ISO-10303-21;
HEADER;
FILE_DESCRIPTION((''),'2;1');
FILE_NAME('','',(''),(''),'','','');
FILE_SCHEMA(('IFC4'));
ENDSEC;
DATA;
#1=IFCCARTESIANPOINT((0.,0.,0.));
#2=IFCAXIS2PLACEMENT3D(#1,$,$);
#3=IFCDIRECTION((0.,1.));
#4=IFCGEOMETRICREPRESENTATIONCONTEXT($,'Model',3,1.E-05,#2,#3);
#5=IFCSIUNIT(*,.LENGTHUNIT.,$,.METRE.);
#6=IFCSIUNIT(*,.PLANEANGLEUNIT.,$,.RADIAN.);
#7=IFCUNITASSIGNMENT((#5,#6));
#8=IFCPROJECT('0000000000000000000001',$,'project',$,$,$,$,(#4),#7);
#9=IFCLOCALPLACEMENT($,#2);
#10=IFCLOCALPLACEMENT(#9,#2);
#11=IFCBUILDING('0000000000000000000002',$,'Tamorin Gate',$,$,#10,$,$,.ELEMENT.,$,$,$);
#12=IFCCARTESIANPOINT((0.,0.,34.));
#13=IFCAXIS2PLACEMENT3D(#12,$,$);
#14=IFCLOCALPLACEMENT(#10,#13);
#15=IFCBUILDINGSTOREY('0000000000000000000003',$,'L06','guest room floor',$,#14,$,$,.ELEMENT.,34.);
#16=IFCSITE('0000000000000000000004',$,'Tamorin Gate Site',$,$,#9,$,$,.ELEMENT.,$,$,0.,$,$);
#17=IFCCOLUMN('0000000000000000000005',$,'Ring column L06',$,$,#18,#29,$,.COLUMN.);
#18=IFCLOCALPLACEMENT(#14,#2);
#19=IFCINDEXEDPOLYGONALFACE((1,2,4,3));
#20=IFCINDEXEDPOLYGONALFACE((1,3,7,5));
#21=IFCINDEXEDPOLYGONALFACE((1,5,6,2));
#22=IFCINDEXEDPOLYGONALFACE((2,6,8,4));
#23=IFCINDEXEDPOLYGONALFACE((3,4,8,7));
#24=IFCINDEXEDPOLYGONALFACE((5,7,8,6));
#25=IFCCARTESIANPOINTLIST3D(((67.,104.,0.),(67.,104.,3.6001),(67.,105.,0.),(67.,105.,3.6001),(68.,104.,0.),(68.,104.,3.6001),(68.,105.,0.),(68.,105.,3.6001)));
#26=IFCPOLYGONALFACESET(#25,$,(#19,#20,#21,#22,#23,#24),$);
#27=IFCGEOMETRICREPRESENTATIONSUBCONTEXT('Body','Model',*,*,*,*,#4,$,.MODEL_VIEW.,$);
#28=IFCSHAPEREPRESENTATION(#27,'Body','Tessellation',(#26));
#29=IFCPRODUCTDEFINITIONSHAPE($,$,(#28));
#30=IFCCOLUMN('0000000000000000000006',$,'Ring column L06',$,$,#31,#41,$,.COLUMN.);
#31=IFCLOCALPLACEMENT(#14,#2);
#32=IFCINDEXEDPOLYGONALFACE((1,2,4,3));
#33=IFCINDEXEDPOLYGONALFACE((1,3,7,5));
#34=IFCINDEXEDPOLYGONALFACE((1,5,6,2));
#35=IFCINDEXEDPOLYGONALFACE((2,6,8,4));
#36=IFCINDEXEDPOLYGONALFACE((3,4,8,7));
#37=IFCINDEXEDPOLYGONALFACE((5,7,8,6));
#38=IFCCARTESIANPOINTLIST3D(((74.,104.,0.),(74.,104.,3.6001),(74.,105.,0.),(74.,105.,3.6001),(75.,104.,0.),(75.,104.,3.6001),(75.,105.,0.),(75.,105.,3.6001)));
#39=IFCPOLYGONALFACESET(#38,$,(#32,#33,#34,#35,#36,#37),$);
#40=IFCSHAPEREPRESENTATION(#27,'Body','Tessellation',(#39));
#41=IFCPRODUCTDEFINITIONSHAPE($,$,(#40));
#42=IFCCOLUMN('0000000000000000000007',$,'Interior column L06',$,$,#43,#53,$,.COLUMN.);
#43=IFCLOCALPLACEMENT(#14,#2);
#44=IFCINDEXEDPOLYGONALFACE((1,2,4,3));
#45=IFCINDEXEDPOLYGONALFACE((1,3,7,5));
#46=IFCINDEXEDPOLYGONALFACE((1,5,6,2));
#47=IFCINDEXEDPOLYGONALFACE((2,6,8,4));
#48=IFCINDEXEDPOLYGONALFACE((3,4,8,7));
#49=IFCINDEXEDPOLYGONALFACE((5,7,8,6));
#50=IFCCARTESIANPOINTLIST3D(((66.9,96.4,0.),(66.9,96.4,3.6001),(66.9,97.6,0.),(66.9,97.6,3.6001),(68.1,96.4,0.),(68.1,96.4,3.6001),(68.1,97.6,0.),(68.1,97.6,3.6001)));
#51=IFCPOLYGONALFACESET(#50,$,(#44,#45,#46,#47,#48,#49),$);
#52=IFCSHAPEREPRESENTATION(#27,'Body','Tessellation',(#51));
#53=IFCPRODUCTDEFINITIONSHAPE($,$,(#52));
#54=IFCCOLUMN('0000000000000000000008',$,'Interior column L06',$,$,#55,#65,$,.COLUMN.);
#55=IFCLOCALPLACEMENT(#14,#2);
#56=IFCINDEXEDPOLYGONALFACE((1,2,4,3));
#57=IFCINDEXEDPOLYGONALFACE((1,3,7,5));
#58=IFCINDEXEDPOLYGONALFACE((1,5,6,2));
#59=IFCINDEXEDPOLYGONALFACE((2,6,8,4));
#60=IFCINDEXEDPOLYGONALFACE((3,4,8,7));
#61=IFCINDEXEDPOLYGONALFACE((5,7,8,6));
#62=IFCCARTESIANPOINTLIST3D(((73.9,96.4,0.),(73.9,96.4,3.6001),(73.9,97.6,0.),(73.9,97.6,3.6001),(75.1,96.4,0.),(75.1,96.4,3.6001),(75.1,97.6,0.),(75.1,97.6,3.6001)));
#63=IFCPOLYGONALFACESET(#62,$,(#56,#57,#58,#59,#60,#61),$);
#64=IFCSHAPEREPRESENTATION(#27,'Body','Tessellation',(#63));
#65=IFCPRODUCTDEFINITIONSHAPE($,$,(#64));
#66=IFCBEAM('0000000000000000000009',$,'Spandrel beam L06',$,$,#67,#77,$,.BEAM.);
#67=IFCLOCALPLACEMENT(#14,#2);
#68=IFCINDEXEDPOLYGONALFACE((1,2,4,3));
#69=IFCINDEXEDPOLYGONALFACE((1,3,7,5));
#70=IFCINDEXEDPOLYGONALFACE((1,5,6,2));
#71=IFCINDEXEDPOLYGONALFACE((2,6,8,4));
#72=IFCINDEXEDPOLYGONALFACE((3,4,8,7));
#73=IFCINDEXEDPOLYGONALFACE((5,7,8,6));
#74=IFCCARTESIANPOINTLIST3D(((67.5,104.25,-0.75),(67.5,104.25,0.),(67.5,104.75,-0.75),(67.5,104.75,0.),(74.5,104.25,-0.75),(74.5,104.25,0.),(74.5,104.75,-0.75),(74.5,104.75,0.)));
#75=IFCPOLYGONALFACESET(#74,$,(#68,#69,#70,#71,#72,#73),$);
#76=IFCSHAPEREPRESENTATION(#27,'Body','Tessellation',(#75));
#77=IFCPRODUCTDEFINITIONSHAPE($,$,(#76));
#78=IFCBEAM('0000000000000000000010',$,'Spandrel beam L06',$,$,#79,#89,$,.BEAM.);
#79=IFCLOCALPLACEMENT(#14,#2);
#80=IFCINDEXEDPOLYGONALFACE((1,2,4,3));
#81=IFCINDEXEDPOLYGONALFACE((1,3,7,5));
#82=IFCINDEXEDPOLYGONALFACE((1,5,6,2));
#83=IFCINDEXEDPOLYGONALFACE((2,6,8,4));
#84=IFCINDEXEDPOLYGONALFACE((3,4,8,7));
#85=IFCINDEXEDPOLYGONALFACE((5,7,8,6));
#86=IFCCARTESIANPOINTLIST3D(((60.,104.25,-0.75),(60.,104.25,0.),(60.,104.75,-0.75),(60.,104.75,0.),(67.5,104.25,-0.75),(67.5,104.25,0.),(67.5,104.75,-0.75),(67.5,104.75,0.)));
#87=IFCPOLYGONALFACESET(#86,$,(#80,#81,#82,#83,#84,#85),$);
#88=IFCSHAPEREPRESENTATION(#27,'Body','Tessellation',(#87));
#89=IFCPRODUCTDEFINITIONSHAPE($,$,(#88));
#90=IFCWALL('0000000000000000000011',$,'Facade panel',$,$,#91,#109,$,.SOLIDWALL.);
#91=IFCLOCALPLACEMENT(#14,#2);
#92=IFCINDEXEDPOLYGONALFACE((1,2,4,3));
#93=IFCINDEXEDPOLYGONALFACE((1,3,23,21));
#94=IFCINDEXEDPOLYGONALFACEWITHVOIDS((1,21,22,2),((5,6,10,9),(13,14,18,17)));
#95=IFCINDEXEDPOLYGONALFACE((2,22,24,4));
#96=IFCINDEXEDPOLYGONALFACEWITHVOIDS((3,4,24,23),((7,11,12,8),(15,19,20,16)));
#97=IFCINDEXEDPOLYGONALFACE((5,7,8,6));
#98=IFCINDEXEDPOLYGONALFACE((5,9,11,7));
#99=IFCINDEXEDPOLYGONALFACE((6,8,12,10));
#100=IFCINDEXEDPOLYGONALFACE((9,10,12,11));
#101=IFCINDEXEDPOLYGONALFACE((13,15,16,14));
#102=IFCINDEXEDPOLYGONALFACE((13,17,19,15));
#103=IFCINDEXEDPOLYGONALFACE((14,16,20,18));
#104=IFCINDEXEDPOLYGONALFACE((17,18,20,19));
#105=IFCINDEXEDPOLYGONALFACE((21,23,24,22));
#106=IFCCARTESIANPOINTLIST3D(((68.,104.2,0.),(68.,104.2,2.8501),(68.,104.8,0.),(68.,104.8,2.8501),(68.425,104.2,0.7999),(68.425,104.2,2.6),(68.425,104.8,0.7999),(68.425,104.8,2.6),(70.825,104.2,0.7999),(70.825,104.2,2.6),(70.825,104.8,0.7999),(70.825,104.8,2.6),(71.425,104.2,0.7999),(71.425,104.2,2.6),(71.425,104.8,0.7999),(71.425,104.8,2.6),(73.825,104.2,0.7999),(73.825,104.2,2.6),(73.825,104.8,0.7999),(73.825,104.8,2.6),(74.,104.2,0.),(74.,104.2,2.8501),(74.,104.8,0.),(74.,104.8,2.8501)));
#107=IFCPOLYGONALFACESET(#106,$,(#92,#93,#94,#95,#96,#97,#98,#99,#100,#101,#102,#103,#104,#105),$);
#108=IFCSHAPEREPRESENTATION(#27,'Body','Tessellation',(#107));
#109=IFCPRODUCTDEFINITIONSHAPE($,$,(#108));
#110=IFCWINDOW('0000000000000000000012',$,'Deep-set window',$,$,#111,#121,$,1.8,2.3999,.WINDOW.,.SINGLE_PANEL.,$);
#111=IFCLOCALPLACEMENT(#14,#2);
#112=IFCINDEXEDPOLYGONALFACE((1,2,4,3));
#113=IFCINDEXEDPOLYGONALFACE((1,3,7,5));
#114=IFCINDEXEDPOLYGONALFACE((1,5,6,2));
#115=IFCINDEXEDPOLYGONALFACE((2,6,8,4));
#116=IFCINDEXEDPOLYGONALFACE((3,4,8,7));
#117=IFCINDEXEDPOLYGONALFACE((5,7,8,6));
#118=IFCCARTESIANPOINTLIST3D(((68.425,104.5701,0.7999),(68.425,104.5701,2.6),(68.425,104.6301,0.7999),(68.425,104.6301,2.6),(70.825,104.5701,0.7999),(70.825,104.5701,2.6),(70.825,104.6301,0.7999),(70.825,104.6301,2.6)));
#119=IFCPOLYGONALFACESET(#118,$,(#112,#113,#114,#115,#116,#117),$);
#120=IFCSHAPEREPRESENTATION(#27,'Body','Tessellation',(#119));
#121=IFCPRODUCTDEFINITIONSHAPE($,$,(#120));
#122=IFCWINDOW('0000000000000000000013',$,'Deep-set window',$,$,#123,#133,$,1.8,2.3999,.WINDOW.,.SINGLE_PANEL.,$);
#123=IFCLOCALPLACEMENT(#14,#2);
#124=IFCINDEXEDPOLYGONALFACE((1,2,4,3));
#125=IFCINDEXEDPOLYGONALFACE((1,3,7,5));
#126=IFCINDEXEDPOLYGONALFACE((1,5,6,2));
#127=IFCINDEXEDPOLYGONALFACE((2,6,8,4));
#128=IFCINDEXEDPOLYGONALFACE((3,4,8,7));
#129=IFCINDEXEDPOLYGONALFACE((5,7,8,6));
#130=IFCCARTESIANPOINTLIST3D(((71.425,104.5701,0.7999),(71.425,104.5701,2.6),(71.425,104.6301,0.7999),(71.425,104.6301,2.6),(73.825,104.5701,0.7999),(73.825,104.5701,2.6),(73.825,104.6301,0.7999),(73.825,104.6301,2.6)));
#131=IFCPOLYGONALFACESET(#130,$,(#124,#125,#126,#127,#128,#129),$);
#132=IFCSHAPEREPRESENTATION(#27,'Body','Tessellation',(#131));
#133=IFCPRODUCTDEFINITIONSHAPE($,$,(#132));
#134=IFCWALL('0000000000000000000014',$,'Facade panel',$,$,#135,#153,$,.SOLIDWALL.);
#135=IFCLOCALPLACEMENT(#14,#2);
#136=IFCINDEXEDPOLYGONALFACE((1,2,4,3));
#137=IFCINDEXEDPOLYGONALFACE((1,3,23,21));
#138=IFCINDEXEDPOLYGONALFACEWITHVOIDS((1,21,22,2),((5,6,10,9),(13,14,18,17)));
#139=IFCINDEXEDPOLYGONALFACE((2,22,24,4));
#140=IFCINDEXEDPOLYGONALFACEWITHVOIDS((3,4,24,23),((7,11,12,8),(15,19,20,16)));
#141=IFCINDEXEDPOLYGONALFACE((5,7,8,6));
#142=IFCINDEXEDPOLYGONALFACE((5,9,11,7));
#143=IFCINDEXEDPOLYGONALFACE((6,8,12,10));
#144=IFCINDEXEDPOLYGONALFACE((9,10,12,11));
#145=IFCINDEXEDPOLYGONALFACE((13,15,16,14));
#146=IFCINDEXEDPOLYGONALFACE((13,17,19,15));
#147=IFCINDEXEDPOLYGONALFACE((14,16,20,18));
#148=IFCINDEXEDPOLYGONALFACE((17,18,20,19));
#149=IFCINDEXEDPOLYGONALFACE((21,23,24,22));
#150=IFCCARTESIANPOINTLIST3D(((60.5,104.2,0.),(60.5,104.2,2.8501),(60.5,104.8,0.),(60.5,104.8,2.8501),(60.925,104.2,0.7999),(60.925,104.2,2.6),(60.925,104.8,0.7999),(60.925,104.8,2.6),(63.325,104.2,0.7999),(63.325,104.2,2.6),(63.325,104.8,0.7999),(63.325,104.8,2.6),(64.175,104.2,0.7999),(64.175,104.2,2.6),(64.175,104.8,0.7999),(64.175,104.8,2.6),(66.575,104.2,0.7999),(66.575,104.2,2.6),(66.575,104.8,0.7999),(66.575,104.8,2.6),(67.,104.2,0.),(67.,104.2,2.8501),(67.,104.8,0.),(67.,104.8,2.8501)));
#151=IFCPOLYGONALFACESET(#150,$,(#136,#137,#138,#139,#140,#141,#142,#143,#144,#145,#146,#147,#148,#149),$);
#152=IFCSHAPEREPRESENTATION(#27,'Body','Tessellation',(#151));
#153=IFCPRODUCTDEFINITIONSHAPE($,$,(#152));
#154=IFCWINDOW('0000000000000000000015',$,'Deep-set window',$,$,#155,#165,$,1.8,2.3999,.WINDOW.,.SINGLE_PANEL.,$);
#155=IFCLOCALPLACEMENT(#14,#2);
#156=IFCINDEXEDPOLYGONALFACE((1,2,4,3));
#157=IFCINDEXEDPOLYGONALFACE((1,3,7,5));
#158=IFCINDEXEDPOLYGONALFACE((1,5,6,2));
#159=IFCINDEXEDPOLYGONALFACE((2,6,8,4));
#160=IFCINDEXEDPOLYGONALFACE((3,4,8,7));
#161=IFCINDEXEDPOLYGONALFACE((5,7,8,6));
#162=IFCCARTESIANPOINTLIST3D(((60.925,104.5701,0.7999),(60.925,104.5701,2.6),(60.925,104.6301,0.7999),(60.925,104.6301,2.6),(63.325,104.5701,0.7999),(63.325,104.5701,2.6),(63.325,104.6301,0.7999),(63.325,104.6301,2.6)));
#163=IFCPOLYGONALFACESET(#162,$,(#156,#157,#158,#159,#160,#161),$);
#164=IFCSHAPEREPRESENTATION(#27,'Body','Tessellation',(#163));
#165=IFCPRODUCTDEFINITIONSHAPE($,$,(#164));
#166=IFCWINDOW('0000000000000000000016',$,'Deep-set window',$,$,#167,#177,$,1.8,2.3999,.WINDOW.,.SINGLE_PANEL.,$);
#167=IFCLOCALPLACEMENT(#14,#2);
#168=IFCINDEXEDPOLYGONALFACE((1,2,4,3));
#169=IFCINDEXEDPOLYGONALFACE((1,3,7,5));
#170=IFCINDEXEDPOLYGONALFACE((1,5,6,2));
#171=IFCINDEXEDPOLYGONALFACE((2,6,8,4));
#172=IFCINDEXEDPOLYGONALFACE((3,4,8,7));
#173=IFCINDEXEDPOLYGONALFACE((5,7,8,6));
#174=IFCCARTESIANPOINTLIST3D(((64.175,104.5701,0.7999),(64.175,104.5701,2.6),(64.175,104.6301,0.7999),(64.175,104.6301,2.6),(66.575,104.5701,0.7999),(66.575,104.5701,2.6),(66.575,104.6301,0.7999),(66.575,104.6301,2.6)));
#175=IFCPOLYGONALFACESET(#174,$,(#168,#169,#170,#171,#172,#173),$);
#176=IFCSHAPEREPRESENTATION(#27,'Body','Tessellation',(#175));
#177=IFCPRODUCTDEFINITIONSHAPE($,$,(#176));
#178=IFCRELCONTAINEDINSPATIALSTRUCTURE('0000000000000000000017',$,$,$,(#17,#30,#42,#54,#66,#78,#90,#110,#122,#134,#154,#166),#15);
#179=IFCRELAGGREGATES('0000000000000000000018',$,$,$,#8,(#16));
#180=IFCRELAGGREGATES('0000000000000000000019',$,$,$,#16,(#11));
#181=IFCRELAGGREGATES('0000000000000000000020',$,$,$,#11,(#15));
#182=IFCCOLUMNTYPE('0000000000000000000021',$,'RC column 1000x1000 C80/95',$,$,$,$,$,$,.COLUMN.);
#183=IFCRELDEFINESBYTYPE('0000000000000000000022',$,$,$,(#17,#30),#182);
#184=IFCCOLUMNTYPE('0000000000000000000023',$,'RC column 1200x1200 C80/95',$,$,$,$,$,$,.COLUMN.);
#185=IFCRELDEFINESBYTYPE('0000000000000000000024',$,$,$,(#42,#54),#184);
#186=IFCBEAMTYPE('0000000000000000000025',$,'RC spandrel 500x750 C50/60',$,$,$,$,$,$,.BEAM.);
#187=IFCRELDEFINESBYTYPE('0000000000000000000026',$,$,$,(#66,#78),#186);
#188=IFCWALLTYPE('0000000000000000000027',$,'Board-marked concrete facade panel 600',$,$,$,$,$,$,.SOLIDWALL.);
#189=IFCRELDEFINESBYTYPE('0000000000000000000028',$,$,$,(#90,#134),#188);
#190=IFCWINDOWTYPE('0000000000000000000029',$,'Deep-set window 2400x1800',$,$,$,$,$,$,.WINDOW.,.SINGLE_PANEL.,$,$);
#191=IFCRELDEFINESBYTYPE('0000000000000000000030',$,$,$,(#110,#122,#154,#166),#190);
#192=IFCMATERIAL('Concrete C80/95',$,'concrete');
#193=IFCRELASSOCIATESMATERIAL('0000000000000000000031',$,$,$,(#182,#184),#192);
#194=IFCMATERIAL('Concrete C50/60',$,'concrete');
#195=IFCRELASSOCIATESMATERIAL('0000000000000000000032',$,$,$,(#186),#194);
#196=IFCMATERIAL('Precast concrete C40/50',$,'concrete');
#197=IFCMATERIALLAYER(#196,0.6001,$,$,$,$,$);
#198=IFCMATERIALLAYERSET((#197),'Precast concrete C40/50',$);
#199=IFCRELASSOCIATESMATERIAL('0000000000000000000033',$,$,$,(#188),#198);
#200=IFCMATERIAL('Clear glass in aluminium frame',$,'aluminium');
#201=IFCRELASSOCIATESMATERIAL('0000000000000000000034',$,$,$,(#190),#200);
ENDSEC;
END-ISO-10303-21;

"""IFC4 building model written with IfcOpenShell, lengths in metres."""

from ifc_helpers import new_model, si_unit, direction, frame, frame_2d, origin, origin_2d, place, context, subcontext, project, spatial, rectangle, extrude, material, layer, layer_set, material_profile, profile_set, type_object, element, fill, save


model = new_model("IFC4")

# Units and contexts
model_context = context("Model", 3, precision=1e-05, world=origin(), true_north=direction((0.0, 1.0)))
body_context = subcontext(model_context, "Body", "Model", "MODEL_VIEW")
ifc_project = project(units=[si_unit("LENGTHUNIT", "METRE"), si_unit("PLANEANGLEUNIT", "RADIAN")], contexts=[model_context])

# Site, building, storey
site_placement = place(None, origin())
site = spatial("IfcSite", under=ifc_project, at=site_placement, Name="Tamorin Gate Site", CompositionType="ELEMENT", RefElevation=0.0)
building_placement = place(site_placement, origin())
building = spatial("IfcBuilding", under=site, at=building_placement, Name="Tamorin Gate", CompositionType="ELEMENT")
storey_placement = place(building_placement, frame((0.0, 0.0, 34.0)))
storey = spatial("IfcBuildingStorey", under=building, at=storey_placement, Name="L06", Description="guest room floor", CompositionType="ELEMENT", Elevation=34.0)

# Columns
ifc_material_1 = material(Name="Concrete C80/95", Category="concrete")
ifc_material_profile_1 = material_profile(ifc_material_1, rectangle(XDim=1.0, YDim=1.0, at=origin_2d()), Name="RC 1000x1000")
ifc_profile_set_1 = profile_set([ifc_material_profile_1], Name="Concrete C80/95")
column_type_1 = type_object("IfcColumnType", Name="RC column 1000x1000 C80/95", PredefinedType="COLUMN", material=ifc_profile_set_1)
for number, where, z_axis, x_axis, name in (
    (1, (67.5, 104.5, 0.0), (0.0, 0.0, 1.0), (1.0, 0.0, 0.0), "Ring column L06"),
    (2, (74.5, 104.5, 0.0), (0.0, 0.0, 1.0), (1.0, 0.0, 0.0), "Ring column L06"),
):
    element("IfcColumn", number, at=place(storey_placement, frame(where, z_axis=z_axis, x_axis=x_axis)), inside=storey, type_object=column_type_1, Name=name, PredefinedType="COLUMN", context=body_context, shape_type="SweptSolid", body=[
        extrude(rectangle(XDim=1.0, YDim=1.0, at=origin_2d()), origin(), (0.0, 0.0, 1.0), 3.6001),
    ])
ifc_material_profile_2 = material_profile(ifc_material_1, rectangle(XDim=1.2, YDim=1.2, at=origin_2d()), Name="RC 1200x1200")
ifc_profile_set_2 = profile_set([ifc_material_profile_2], Name="Concrete C80/95")
column_type_2 = type_object("IfcColumnType", Name="RC column 1200x1200 C80/95", PredefinedType="COLUMN", material=ifc_profile_set_2)
for number, where, z_axis, x_axis, name in (
    (3, (67.5, 97.0, 0.0), (0.0, 0.0, 1.0), (1.0, 0.0, 0.0), "Interior column L06"),
    (4, (74.5, 97.0, 0.0), (0.0, 0.0, 1.0), (1.0, 0.0, 0.0), "Interior column L06"),
):
    element("IfcColumn", number, at=place(storey_placement, frame(where, z_axis=z_axis, x_axis=x_axis)), inside=storey, type_object=column_type_2, Name=name, PredefinedType="COLUMN", context=body_context, shape_type="SweptSolid", body=[
        extrude(rectangle(XDim=1.2, YDim=1.2, at=origin_2d()), origin(), (0.0, 0.0, 1.0), 3.6001),
    ])

# Beams
ifc_material_2 = material(Name="Concrete C50/60", Category="concrete")
ifc_material_profile_3 = material_profile(ifc_material_2, rectangle(XDim=0.5, YDim=0.75, at=origin_2d()), Name="RC 500x750")
ifc_profile_set_3 = profile_set([ifc_material_profile_3], Name="Concrete C50/60")
beam_type = type_object("IfcBeamType", Name="RC spandrel 500x750 C50/60", PredefinedType="BEAM", material=ifc_profile_set_3)
beam_1_placement = place(storey_placement, frame((74.5, 104.5, -0.375), z_axis=(-1.0, 0.0, 0.0), x_axis=(0.0, -1.0, 0.0)))
element("IfcBeam", 5, at=beam_1_placement, inside=storey, type_object=beam_type, Name="Spandrel beam L06", PredefinedType="BEAM", context=body_context, shape_type="SweptSolid", body=[
    extrude(rectangle(XDim=0.5, YDim=0.75, at=origin_2d()), origin(), (0.0, 0.0, 1.0), 7.0),
])
beam_2_placement = place(storey_placement, frame((67.5, 104.5, -0.375), z_axis=(-1.0, 0.0, 0.0), x_axis=(0.0, -1.0, 0.0)))
element("IfcBeam", 6, at=beam_2_placement, inside=storey, type_object=beam_type, Name="Spandrel beam L06", PredefinedType="BEAM", context=body_context, shape_type="SweptSolid", body=[
    extrude(rectangle(XDim=0.5, YDim=0.75, at=origin_2d()), origin(), (0.0, 0.0, 1.0), 7.5),
])

# Walls, openings, windows
ifc_material_3 = material(Name="Precast concrete C40/50", Category="concrete")
ifc_layer_1 = layer(ifc_material_3, 0.6001)
ifc_layer_set_1 = layer_set([ifc_layer_1], Name="Precast concrete C40/50")
wall_type_1 = type_object("IfcWallType", Name="Board-marked concrete facade panel 600", PredefinedType="SOLIDWALL", material=ifc_layer_set_1)
wall_1_placement = place(storey_placement, frame((74.0, 104.5, 0.0), z_axis=(0.0, 0.0, 1.0), x_axis=(-1.0, 0.0, 0.0)))
wall_1 = element("IfcWall", 7, at=wall_1_placement, inside=storey, type_object=wall_type_1, Name="Facade panel", PredefinedType="SOLIDWALL", context=body_context, shape_type="SweptSolid", body=[
    extrude(rectangle(XDim=6.0, YDim=0.6001, at=frame_2d((3.0, 0.0))), origin(), (0.0, 0.0, 1.0), 2.8501),
])
opening_1_placement = place(wall_1_placement, frame((3.175, 0.0, 0.8)))
opening_1 = element("IfcOpeningElement", 8, at=opening_1_placement, cuts=wall_1, PredefinedType="OPENING", context=body_context, shape_type="SweptSolid", body=[
    extrude(rectangle(XDim=2.3999, YDim=1.8, at=frame_2d((1.2, 0.8999))), frame((0.0, 0.3101, 0.0), z_axis=(0.0, -1.0, 0.0), x_axis=(1.0, 0.0, 0.0)), (0.0, 0.0, 1.0), 0.6201),
])
opening_2_placement = place(wall_1_placement, frame((0.175, 0.0, 0.8)))
opening_2 = element("IfcOpeningElement", 9, at=opening_2_placement, cuts=wall_1, PredefinedType="OPENING", context=body_context, shape_type="SweptSolid", body=[
    extrude(rectangle(XDim=2.3999, YDim=1.8, at=frame_2d((1.2, 0.8999))), frame((0.0, 0.3101, 0.0), z_axis=(0.0, -1.0, 0.0), x_axis=(1.0, 0.0, 0.0)), (0.0, 0.0, 1.0), 0.6201),
])
ifc_material_4 = material(Name="Clear glass in aluminium frame", Category="aluminium")
window_type = type_object("IfcWindowType", Name="Deep-set window 2400x1800", PartitioningType="SINGLE_PANEL", PredefinedType="WINDOW", material=ifc_material_4)
window_1_placement = place(opening_1_placement, origin())
window_1 = element("IfcWindow", 10, at=window_1_placement, inside=storey, type_object=window_type, Name="Deep-set window", OverallHeight=1.8, OverallWidth=2.3999, PartitioningType="SINGLE_PANEL", PredefinedType="WINDOW", context=body_context, shape_type="SweptSolid", body=[
    extrude(rectangle(XDim=2.3999, YDim=1.8, at=frame_2d((1.2, 0.8999))), frame((0.0, -0.0701, 0.0), z_axis=(0.0, -1.0, 0.0), x_axis=(1.0, 0.0, 0.0)), (0.0, 0.0, 1.0), 0.0601),
])
fill(opening_1, window_1)
window_2_placement = place(opening_2_placement, origin())
window_2 = element("IfcWindow", 11, at=window_2_placement, inside=storey, type_object=window_type, Name="Deep-set window", OverallHeight=1.8, OverallWidth=2.3999, PartitioningType="SINGLE_PANEL", PredefinedType="WINDOW", context=body_context, shape_type="SweptSolid", body=[
    extrude(rectangle(XDim=2.3999, YDim=1.8, at=frame_2d((1.2, 0.8999))), frame((0.0, -0.0701, 0.0), z_axis=(0.0, -1.0, 0.0), x_axis=(1.0, 0.0, 0.0)), (0.0, 0.0, 1.0), 0.0601),
])
fill(opening_2, window_2)
wall_2_placement = place(storey_placement, frame((67.0, 104.5, 0.0), z_axis=(0.0, 0.0, 1.0), x_axis=(-1.0, 0.0, 0.0)))
wall_2 = element("IfcWall", 12, at=wall_2_placement, inside=storey, type_object=wall_type_1, Name="Facade panel", PredefinedType="SOLIDWALL", context=body_context, shape_type="SweptSolid", body=[
    extrude(rectangle(XDim=6.5, YDim=0.6001, at=frame_2d((3.25, 0.0))), origin(), (0.0, 0.0, 1.0), 2.8501),
])
opening_3_placement = place(wall_2_placement, frame((3.675, 0.0, 0.8)))
opening_3 = element("IfcOpeningElement", 13, at=opening_3_placement, cuts=wall_2, PredefinedType="OPENING", context=body_context, shape_type="SweptSolid", body=[
    extrude(rectangle(XDim=2.3999, YDim=1.8, at=frame_2d((1.2, 0.8999))), frame((0.0, 0.3101, 0.0), z_axis=(0.0, -1.0, 0.0), x_axis=(1.0, 0.0, 0.0)), (0.0, 0.0, 1.0), 0.6201),
])
opening_4_placement = place(wall_2_placement, frame((0.425, 0.0, 0.8)))
opening_4 = element("IfcOpeningElement", 14, at=opening_4_placement, cuts=wall_2, PredefinedType="OPENING", context=body_context, shape_type="SweptSolid", body=[
    extrude(rectangle(XDim=2.3999, YDim=1.8, at=frame_2d((1.2, 0.8999))), frame((0.0, 0.3101, 0.0), z_axis=(0.0, -1.0, 0.0), x_axis=(1.0, 0.0, 0.0)), (0.0, 0.0, 1.0), 0.6201),
])
window_3_placement = place(opening_3_placement, origin())
window_3 = element("IfcWindow", 15, at=window_3_placement, inside=storey, type_object=window_type, Name="Deep-set window", OverallHeight=1.8, OverallWidth=2.3999, PartitioningType="SINGLE_PANEL", PredefinedType="WINDOW", context=body_context, shape_type="SweptSolid", body=[
    extrude(rectangle(XDim=2.3999, YDim=1.8, at=frame_2d((1.2, 0.8999))), frame((0.0, -0.0701, 0.0), z_axis=(0.0, -1.0, 0.0), x_axis=(1.0, 0.0, 0.0)), (0.0, 0.0, 1.0), 0.0601),
])
fill(opening_3, window_3)
window_4_placement = place(opening_4_placement, origin())
window_4 = element("IfcWindow", 16, at=window_4_placement, inside=storey, type_object=window_type, Name="Deep-set window", OverallHeight=1.8, OverallWidth=2.3999, PartitioningType="SINGLE_PANEL", PredefinedType="WINDOW", context=body_context, shape_type="SweptSolid", body=[
    extrude(rectangle(XDim=2.3999, YDim=1.8, at=frame_2d((1.2, 0.8999))), frame((0.0, -0.0701, 0.0), z_axis=(0.0, -1.0, 0.0), x_axis=(1.0, 0.0, 0.0)), (0.0, 0.0, 1.0), 0.0601),
])
fill(opening_4, window_4)

save(model, "model.ifc")
